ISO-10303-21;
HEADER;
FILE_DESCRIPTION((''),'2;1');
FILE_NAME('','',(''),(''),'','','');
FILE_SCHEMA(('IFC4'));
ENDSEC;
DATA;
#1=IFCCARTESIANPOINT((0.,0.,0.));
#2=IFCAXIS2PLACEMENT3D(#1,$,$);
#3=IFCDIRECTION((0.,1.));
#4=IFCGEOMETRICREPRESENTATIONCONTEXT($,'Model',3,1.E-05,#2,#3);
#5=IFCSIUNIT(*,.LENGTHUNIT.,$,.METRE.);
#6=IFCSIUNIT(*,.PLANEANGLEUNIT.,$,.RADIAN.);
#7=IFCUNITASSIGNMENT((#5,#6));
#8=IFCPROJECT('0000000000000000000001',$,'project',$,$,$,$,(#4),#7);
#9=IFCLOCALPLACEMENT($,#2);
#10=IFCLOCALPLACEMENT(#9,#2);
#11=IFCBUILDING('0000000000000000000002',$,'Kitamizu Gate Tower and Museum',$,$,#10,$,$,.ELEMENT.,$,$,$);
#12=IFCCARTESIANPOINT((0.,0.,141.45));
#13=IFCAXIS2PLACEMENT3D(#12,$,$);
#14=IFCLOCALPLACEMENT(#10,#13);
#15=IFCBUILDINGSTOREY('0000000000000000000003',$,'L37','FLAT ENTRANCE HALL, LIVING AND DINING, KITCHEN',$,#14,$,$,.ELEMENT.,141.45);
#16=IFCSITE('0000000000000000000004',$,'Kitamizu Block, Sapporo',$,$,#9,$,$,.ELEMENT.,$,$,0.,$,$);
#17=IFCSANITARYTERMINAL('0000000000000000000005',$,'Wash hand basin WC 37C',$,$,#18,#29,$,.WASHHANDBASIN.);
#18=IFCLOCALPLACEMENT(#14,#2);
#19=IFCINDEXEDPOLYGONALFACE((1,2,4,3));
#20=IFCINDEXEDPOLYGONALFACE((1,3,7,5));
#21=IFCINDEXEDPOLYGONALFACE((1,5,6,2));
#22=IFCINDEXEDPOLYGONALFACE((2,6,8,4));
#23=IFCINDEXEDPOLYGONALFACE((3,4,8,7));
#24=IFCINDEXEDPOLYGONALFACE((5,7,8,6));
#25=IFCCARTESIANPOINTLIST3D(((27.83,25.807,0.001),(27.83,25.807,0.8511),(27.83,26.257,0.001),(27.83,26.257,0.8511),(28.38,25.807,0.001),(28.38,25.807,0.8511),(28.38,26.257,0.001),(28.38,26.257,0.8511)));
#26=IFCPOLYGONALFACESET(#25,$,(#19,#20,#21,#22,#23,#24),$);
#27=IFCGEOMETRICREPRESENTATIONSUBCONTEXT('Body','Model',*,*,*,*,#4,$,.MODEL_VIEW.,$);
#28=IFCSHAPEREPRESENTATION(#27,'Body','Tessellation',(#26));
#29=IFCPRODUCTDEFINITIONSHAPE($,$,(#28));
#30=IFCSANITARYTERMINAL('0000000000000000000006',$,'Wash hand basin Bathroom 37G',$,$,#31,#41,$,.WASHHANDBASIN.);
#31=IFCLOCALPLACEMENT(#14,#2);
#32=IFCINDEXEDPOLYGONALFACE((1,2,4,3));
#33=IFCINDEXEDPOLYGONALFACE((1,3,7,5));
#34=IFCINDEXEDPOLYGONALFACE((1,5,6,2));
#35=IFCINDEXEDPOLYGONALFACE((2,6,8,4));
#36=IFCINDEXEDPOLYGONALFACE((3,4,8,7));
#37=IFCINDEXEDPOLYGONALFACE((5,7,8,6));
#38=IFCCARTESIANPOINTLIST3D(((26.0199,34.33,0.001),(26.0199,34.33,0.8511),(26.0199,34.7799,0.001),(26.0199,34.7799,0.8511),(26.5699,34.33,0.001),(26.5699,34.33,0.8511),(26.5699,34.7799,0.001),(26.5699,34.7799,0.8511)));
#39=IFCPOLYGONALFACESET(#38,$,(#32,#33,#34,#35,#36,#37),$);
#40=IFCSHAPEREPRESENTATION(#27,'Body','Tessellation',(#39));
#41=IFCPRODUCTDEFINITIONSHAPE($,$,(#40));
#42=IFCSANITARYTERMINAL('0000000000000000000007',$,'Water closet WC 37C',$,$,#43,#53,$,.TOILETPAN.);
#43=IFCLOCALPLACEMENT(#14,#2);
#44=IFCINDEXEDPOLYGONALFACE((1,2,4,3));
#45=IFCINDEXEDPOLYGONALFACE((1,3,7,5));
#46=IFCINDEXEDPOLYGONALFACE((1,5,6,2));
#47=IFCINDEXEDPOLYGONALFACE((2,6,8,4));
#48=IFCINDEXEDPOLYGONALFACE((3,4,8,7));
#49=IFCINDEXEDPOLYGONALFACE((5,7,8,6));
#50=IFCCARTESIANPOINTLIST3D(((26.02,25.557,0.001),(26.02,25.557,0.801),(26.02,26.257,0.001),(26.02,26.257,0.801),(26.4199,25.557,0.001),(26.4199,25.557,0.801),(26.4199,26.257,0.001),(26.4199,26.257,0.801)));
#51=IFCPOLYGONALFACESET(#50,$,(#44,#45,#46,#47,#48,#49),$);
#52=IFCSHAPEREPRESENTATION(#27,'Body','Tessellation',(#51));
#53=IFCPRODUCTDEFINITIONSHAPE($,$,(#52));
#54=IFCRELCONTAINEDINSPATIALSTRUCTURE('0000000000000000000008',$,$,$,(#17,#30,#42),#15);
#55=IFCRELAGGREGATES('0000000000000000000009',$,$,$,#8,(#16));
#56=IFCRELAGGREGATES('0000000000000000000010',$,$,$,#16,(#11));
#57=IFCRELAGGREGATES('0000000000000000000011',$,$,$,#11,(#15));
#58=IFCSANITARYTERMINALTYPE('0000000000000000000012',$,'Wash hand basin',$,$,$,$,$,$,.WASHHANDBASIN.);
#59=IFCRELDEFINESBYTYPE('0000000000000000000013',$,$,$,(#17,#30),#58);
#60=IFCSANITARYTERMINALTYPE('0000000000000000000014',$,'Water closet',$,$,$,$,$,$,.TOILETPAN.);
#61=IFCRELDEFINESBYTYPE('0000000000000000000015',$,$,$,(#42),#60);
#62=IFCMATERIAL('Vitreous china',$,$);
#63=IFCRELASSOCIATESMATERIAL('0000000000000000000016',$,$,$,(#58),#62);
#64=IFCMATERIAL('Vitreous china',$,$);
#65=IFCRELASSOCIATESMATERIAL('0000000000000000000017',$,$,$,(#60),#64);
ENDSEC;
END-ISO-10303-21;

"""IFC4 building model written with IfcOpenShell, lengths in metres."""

from ifc_helpers import new_model, si_unit, direction, frame, origin, origin_2d, place, context, subcontext, project, spatial, rectangle, extrude, material, type_object, element, save


model = new_model("IFC4")

# Units and contexts
model_context = context("Model", 3, precision=1e-05, world=origin(), true_north=direction((0.0, 1.0)))
body_context = subcontext(model_context, "Body", "Model", "MODEL_VIEW")
ifc_project = project(units=[si_unit("LENGTHUNIT", "METRE"), si_unit("PLANEANGLEUNIT", "RADIAN")], contexts=[model_context])

# Site, building, storey
site_placement = place(None, origin())
site = spatial("IfcSite", under=ifc_project, at=site_placement, Name="Kitamizu Block, Sapporo", CompositionType="ELEMENT", RefElevation=0.0)
building_placement = place(site_placement, origin())
building = spatial("IfcBuilding", under=site, at=building_placement, Name="Kitamizu Gate Tower and Museum", CompositionType="ELEMENT")
storey_placement = place(building_placement, frame((0.0, 0.0, 141.45)))
storey = spatial("IfcBuildingStorey", under=building, at=storey_placement, Name="L37", Description="FLAT ENTRANCE HALL, LIVING AND DINING, KITCHEN", CompositionType="ELEMENT", Elevation=141.45)

# Sanitary terminals
ifc_material_1 = material(Name="Vitreous china")
sanitary_terminal_type_1 = type_object("IfcSanitaryTerminalType", Name="Wash hand basin", PredefinedType="WASHHANDBASIN", material=ifc_material_1)
for number, where, z_axis, x_axis, name in (
    (1, (28.105, 26.032, 0.001), (0.0, 0.0, 1.0), (1.0, 0.0, 0.0), "Wash hand basin WC 37C"),
    (2, (26.2949, 34.5549, 0.001), (0.0, 0.0, 1.0), (1.0, 0.0, 0.0), "Wash hand basin Bathroom 37G"),
):
    element("IfcSanitaryTerminal", number, at=place(storey_placement, frame(where, z_axis=z_axis, x_axis=x_axis)), inside=storey, type_object=sanitary_terminal_type_1, Name=name, PredefinedType="WASHHANDBASIN", context=body_context, shape_type="SweptSolid", body=[
        extrude(rectangle(XDim=0.55, YDim=0.45, at=origin_2d()), origin(), (0.0, 0.0, 1.0), 0.8501),
    ])
ifc_material_2 = material(Name="Vitreous china")
sanitary_terminal_type_2 = type_object("IfcSanitaryTerminalType", Name="Water closet", PredefinedType="TOILETPAN", material=ifc_material_2)
sanitary_terminal_1_placement = place(storey_placement, frame((26.22, 25.907, 0.001), z_axis=(0.0, 0.0, 1.0), x_axis=(1.0, 0.0, 0.0)))
element("IfcSanitaryTerminal", 3, at=sanitary_terminal_1_placement, inside=storey, type_object=sanitary_terminal_type_2, Name="Water closet WC 37C", PredefinedType="TOILETPAN", context=body_context, shape_type="SweptSolid", body=[
    extrude(rectangle(XDim=0.3999, YDim=0.7, at=origin_2d()), origin(), (0.0, 0.0, 1.0), 0.8),
])

save(model, "model.ifc")
